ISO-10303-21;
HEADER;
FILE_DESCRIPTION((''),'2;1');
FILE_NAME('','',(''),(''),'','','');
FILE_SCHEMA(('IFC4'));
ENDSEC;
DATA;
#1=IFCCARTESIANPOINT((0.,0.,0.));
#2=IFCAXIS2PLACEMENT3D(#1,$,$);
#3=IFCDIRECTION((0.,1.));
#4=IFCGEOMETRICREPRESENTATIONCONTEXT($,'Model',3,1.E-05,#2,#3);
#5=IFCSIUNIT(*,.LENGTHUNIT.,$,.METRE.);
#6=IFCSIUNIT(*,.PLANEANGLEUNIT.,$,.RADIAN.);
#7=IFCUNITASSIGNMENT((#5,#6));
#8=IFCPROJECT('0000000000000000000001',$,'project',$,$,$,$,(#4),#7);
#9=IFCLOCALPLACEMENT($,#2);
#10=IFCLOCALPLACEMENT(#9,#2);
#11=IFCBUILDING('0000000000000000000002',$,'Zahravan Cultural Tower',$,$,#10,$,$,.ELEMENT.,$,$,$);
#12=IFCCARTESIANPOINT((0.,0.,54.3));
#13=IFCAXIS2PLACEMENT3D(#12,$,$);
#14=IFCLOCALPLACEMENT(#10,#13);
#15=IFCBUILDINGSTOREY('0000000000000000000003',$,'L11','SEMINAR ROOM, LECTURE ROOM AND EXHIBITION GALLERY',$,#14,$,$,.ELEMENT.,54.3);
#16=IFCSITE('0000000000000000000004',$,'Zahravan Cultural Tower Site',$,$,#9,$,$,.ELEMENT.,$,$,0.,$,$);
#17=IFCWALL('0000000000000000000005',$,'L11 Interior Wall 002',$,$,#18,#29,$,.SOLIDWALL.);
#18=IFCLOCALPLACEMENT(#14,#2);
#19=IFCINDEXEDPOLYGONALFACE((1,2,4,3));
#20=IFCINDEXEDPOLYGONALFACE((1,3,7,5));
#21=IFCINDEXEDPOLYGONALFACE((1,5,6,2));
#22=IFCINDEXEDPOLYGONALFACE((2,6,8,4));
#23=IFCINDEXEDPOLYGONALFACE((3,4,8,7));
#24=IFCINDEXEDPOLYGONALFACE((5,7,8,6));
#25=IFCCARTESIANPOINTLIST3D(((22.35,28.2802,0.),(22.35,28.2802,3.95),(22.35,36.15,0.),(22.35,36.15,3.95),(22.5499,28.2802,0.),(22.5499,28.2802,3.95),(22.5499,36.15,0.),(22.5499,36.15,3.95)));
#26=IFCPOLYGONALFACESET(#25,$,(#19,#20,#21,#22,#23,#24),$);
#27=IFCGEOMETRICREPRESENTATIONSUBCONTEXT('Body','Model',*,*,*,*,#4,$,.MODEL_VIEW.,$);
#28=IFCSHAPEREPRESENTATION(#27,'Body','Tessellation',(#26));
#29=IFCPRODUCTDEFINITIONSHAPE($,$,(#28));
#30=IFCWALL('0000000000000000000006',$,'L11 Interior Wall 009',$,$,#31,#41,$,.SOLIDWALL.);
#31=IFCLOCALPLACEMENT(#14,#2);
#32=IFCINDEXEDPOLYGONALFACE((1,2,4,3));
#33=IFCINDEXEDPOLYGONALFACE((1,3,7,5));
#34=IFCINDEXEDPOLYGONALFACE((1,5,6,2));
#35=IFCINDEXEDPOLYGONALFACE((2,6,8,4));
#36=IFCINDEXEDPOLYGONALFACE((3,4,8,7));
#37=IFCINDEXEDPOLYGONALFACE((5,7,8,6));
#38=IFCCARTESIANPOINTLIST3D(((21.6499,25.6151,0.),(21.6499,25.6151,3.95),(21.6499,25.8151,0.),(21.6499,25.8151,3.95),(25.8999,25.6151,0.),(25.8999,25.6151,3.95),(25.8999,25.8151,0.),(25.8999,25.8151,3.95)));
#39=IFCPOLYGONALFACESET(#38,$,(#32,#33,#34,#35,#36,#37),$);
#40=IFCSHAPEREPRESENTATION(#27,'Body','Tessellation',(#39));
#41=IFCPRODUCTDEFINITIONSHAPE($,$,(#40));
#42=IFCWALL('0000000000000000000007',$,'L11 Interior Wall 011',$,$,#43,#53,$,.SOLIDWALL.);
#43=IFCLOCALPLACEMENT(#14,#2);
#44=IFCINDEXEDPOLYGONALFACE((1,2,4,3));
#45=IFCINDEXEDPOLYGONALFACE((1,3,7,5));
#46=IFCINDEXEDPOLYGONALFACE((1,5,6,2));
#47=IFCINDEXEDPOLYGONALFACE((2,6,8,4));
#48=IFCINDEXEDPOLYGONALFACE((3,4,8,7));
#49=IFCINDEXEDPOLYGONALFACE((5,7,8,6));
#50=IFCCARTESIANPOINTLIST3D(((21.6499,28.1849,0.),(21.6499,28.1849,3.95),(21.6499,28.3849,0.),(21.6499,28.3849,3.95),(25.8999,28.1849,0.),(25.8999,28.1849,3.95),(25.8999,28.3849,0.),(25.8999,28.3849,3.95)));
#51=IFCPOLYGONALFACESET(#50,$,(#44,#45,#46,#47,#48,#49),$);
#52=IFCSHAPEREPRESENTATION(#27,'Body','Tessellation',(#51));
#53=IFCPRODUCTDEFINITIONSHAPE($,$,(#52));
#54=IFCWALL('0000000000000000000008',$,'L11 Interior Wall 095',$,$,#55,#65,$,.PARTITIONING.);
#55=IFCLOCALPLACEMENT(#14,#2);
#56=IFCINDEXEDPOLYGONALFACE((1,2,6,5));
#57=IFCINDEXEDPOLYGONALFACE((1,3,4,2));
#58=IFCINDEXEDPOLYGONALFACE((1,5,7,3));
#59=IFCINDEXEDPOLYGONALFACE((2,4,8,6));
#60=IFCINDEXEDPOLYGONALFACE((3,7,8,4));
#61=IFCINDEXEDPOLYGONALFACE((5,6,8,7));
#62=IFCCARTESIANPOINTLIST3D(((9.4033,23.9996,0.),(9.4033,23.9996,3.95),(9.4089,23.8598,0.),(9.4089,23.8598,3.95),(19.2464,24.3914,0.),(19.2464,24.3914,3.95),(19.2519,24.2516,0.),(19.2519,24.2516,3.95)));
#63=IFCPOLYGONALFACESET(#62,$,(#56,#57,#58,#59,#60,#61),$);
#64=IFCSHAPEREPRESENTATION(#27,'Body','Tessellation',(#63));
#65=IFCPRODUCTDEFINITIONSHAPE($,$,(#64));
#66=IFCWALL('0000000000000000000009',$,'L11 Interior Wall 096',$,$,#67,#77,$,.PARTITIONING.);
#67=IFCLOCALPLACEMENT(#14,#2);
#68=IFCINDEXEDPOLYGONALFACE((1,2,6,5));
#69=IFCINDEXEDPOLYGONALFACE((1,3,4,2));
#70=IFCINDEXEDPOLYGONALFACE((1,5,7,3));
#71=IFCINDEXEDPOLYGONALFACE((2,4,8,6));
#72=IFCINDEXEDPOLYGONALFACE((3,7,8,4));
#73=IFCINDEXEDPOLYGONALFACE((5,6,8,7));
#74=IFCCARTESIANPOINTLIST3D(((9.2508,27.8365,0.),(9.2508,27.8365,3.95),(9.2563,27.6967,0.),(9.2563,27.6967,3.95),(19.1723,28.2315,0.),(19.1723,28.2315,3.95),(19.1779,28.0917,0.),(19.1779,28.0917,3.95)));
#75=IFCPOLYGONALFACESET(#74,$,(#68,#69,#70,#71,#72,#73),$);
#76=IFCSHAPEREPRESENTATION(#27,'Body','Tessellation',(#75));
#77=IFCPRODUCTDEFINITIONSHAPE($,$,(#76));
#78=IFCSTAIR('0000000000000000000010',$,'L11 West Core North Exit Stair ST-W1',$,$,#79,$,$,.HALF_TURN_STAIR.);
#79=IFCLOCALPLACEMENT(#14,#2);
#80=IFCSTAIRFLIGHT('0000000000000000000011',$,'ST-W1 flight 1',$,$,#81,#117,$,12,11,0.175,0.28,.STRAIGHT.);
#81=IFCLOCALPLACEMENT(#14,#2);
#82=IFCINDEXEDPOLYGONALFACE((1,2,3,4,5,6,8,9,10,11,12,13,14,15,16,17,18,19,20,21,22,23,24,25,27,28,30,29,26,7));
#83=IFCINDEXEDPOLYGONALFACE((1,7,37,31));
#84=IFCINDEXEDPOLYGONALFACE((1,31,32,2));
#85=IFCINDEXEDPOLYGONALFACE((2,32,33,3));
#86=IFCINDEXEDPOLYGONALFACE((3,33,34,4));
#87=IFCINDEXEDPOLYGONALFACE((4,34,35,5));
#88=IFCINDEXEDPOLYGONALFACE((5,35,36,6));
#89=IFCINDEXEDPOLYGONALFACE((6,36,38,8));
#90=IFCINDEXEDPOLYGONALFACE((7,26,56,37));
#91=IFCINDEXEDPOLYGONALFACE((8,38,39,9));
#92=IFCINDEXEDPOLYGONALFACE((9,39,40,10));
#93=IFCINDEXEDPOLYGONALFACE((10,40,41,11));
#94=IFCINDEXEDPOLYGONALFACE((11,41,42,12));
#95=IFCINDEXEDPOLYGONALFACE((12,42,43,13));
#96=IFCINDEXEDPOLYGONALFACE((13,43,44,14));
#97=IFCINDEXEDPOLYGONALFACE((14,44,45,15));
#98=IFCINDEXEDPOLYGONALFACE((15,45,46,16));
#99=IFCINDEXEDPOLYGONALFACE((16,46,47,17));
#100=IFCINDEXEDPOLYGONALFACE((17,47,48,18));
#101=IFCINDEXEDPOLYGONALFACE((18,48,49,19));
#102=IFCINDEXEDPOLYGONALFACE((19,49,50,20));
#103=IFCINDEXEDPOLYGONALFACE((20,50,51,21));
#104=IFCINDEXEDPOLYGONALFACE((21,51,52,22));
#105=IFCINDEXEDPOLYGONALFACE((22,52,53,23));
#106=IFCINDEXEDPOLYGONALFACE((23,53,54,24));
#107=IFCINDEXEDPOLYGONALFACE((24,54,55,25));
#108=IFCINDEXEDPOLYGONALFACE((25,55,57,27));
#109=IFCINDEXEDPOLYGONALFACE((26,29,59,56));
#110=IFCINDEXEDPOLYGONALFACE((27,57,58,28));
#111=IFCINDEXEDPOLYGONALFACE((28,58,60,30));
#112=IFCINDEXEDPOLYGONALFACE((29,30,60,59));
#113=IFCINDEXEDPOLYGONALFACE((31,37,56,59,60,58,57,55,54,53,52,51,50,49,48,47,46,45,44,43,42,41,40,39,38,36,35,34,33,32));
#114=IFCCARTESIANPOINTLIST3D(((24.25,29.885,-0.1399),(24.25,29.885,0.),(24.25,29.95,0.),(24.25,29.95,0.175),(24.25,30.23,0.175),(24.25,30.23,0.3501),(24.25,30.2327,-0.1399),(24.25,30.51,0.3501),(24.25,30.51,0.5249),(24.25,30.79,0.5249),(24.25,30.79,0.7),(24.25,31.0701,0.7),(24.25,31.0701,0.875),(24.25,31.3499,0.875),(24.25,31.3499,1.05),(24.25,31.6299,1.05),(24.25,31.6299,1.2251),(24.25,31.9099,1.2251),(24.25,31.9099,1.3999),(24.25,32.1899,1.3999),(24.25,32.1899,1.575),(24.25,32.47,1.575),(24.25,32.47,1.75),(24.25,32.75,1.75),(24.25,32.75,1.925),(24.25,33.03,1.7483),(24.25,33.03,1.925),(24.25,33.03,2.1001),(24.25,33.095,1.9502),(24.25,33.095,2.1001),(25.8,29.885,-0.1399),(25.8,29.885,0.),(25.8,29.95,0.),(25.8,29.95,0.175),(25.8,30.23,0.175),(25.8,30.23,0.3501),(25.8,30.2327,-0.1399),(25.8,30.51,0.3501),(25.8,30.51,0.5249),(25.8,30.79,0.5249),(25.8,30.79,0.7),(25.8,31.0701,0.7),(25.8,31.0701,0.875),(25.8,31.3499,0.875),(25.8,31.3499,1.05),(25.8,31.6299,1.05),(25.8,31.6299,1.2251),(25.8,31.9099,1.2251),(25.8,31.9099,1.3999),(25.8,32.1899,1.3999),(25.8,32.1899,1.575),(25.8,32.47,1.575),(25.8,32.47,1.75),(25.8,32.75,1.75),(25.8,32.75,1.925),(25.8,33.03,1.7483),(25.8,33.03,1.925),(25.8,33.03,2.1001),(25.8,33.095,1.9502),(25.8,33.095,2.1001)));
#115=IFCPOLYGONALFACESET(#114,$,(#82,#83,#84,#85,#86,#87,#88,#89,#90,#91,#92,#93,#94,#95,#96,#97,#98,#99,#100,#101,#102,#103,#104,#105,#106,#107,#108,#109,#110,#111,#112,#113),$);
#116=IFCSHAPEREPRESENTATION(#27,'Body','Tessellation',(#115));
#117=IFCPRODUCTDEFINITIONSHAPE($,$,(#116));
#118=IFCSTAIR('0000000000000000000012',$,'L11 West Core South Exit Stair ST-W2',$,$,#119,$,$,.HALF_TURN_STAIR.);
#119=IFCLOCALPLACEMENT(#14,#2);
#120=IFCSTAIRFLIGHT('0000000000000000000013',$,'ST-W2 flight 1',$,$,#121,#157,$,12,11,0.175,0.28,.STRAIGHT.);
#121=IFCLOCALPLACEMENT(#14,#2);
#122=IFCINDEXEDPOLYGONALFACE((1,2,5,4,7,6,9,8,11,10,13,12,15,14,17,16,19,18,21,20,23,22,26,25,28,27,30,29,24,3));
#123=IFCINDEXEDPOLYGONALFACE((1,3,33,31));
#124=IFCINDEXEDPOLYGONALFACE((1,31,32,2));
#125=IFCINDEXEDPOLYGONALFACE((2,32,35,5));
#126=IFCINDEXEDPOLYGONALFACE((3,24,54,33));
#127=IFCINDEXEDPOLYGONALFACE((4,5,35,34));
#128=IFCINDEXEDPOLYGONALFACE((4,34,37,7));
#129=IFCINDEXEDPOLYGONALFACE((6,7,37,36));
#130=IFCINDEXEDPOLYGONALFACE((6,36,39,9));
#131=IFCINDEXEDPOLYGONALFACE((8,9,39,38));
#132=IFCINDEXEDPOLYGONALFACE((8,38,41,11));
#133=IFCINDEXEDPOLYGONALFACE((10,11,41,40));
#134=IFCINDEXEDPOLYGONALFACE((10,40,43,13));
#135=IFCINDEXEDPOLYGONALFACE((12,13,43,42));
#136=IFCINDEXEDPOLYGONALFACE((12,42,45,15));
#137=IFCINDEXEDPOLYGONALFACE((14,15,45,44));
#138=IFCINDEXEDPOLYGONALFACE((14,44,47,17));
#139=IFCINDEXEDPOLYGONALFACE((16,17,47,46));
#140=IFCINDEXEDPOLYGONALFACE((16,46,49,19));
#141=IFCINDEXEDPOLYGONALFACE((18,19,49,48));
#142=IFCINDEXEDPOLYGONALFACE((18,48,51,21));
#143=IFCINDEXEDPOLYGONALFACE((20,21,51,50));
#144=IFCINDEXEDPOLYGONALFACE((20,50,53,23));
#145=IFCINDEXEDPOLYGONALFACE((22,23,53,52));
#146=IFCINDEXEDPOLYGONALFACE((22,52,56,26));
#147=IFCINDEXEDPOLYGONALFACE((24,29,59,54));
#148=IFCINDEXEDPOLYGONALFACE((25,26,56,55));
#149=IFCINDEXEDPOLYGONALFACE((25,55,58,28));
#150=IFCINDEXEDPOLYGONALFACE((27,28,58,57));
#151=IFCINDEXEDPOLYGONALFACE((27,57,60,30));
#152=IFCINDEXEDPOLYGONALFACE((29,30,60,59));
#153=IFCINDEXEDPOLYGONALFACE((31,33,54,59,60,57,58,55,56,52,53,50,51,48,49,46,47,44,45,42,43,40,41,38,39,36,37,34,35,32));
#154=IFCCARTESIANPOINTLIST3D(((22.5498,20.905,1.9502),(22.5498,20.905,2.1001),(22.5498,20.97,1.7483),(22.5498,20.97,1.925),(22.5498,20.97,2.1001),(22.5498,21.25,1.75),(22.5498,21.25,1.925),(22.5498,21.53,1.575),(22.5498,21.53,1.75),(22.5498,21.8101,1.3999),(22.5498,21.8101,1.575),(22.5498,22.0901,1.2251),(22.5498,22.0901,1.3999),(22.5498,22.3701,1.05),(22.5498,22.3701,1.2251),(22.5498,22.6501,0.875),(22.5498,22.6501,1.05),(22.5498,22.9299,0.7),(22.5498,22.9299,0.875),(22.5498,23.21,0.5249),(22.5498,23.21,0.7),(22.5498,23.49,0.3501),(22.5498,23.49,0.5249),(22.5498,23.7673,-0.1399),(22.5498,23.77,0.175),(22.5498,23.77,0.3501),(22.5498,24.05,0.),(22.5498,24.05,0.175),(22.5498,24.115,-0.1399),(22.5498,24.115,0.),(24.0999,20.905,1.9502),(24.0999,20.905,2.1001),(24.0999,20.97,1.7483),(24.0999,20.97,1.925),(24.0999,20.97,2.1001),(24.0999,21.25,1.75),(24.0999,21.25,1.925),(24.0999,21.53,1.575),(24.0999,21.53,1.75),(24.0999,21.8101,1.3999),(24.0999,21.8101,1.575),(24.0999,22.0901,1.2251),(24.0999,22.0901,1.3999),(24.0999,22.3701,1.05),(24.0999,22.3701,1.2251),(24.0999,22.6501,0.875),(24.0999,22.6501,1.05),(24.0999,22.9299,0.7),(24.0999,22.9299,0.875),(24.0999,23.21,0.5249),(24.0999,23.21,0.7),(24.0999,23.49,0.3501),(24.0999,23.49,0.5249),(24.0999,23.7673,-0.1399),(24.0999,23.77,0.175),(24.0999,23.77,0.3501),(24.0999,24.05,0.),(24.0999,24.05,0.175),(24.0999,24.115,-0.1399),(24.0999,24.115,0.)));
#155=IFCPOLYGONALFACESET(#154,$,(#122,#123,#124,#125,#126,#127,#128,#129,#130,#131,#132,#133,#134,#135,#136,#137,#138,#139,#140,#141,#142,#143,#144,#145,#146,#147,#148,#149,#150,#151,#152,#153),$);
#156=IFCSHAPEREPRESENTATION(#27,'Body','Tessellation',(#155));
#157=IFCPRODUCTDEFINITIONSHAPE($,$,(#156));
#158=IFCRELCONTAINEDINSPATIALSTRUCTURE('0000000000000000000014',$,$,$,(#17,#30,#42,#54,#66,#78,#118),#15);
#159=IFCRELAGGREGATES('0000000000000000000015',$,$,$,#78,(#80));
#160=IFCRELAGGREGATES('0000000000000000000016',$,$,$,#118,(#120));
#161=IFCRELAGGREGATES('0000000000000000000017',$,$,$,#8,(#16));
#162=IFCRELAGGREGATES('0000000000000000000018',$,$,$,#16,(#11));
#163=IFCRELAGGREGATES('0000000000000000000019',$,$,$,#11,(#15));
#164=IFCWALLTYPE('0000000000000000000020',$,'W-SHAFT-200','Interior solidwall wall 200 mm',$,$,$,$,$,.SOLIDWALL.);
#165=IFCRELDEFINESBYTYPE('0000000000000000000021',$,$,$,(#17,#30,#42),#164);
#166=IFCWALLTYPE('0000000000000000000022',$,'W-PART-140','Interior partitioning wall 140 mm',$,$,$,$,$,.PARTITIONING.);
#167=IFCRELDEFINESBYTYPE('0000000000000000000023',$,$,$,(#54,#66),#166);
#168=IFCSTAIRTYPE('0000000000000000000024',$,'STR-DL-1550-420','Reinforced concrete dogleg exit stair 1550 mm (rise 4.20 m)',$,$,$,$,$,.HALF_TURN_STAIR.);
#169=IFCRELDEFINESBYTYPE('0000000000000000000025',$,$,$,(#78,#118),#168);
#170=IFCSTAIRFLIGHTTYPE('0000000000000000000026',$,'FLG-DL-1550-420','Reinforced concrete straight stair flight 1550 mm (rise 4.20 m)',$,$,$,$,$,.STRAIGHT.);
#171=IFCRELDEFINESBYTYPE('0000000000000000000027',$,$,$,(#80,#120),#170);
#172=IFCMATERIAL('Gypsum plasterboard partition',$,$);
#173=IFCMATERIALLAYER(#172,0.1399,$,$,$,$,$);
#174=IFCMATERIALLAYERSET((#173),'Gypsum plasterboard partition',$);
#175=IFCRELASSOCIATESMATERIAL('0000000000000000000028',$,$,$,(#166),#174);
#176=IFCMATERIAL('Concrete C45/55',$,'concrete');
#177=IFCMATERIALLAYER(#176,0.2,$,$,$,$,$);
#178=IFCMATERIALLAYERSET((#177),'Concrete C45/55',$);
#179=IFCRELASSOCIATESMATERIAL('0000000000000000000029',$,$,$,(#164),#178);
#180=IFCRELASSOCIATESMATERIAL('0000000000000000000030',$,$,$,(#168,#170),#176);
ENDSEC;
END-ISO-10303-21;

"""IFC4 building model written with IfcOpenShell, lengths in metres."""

from ifc_helpers import new_model, si_unit, direction, frame, frame_2d, origin, place, context, subcontext, project, spatial, polyline, rectangle, outline, extrude, source, transform, mapped, material, layer, layer_set, type_object, element, aggregate, save


model = new_model("IFC4")

# Units and contexts
model_context = context("Model", 3, precision=1e-05, world=origin(), true_north=direction((0.0, 1.0)))
body_context = subcontext(model_context, "Body", "Model", "MODEL_VIEW")
ifc_project = project(units=[si_unit("LENGTHUNIT", "METRE"), si_unit("PLANEANGLEUNIT", "RADIAN")], contexts=[model_context])

# Site, building, storey
site_placement = place(None, origin())
site = spatial("IfcSite", under=ifc_project, at=site_placement, Name="Zahravan Cultural Tower Site", CompositionType="ELEMENT", RefElevation=0.0)
building_placement = place(site_placement, origin())
building = spatial("IfcBuilding", under=site, at=building_placement, Name="Zahravan Cultural Tower", CompositionType="ELEMENT")
storey_placement = place(building_placement, frame((0.0, 0.0, 54.3)))
storey = spatial("IfcBuildingStorey", under=building, at=storey_placement, Name="L11", Description="SEMINAR ROOM, LECTURE ROOM AND EXHIBITION GALLERY", CompositionType="ELEMENT", Elevation=54.3)

# Shared definitions
ifc_material_1 = material(Name="Gypsum plasterboard partition")
ifc_layer_1 = layer(ifc_material_1, 0.1399)
ifc_layer_set_1 = layer_set([ifc_layer_1], Name="Gypsum plasterboard partition")
wall_type_1 = type_object("IfcWallType", Name="W-PART-140", Description="Interior partitioning wall 140 mm", PredefinedType="PARTITIONING", material=ifc_layer_set_1)

# Walls
ifc_material_2 = material(Name="Concrete C45/55", Category="concrete")
ifc_layer_2 = layer(ifc_material_2, 0.2)
ifc_layer_set_2 = layer_set([ifc_layer_2], Name="Concrete C45/55")
wall_type_2 = type_object("IfcWallType", Name="W-SHAFT-200", Description="Interior solidwall wall 200 mm", PredefinedType="SOLIDWALL", material=ifc_layer_set_2)
shared_shape_1 = source(origin(), body_context, "Body", "SweptSolid", [
    extrude(rectangle(XDim=7.8699, YDim=0.2, at=frame_2d((3.9351, 0.0))), origin(), (0.0, 0.0, 1.0), 3.95),
])
wall_1_placement = place(storey_placement, frame((22.45, 28.28, 0.0), z_axis=(0.0, 0.0, 1.0), x_axis=(0.0, 1.0, 0.0)))
element("IfcWall", 1, at=wall_1_placement, inside=storey, type_object=wall_type_2, Name="L11 Interior Wall 002", PredefinedType="SOLIDWALL", context=body_context, shape_type="MappedRepresentation", body=[
    mapped(shared_shape_1, transform((0.0, 0.0, 0.0), x_axis=(1.0, 0.0, 0.0), y_axis=(0.0, 1.0, 0.0), z_axis=(0.0, 0.0, 1.0), scale=1.0)),
])
shared_shape_2 = source(origin(), body_context, "Body", "SweptSolid", [
    extrude(rectangle(XDim=4.25, YDim=0.2, at=frame_2d((2.125, 0.0))), origin(), (0.0, 0.0, 1.0), 3.95),
])
for number, where, z_axis, x_axis, name in (
    (2, (21.6499, 25.7151, 0.0), (0.0, 0.0, 1.0), (1.0, 0.0, 0.0), "L11 Interior Wall 009"),
    (3, (21.6499, 28.2849, 0.0), (0.0, 0.0, 1.0), (1.0, 0.0, 0.0), "L11 Interior Wall 011"),
):
    element("IfcWall", number, at=place(storey_placement, frame(where, z_axis=z_axis, x_axis=x_axis)), inside=storey, type_object=wall_type_2, Name=name, PredefinedType="SOLIDWALL", context=body_context, shape_type="MappedRepresentation", body=[
        mapped(shared_shape_2, transform((0.0, 0.0, 0.0), x_axis=(1.0, 0.0, 0.0), y_axis=(0.0, 1.0, 0.0), z_axis=(0.0, 0.0, 1.0), scale=1.0)),
    ])
shared_shape_3 = source(origin(), body_context, "Body", "SweptSolid", [
    extrude(rectangle(XDim=9.8508, YDim=0.1399, at=frame_2d((4.9253, 0.0))), origin(), (0.0, 0.0, 1.0), 3.95),
])
wall_2_placement = place(storey_placement, frame((19.249, 24.3215, 0.0), z_axis=(0.0, 0.0, 1.0), x_axis=(-0.999209, -0.039778, 0.0)))
element("IfcWall", 4, at=wall_2_placement, inside=storey, type_object=wall_type_1, Name="L11 Interior Wall 095", PredefinedType="PARTITIONING", context=body_context, shape_type="MappedRepresentation", body=[
    mapped(shared_shape_3, transform((0.0, 0.0, 0.0), x_axis=(1.0, 0.0, 0.0), y_axis=(0.0, 1.0, 0.0), z_axis=(0.0, 0.0, 1.0), scale=1.0)),
])
shared_shape_4 = source(origin(), body_context, "Body", "SweptSolid", [
    extrude(rectangle(XDim=9.9294, YDim=0.1399, at=frame_2d((4.9648, 0.0))), origin(), (0.0, 0.0, 1.0), 3.95),
])
wall_3_placement = place(storey_placement, frame((9.2534, 27.7666, 0.0), z_axis=(0.0, 0.0, 1.0), x_axis=(0.999208, 0.039782, 0.0)))
element("IfcWall", 5, at=wall_3_placement, inside=storey, type_object=wall_type_1, Name="L11 Interior Wall 096", PredefinedType="PARTITIONING", context=body_context, shape_type="MappedRepresentation", body=[
    mapped(shared_shape_4, transform((0.0, 0.0, 0.0), x_axis=(1.0, 0.0, 0.0), y_axis=(0.0, 1.0, 0.0), z_axis=(0.0, 0.0, 1.0), scale=1.0)),
])

# Stairs, stair flights
stair_type = type_object("IfcStairType", Name="STR-DL-1550-420", Description="Reinforced concrete dogleg exit stair 1550 mm (rise 4.20 m)", PredefinedType="HALF_TURN_STAIR", material=ifc_material_2)
stair_1_placement = place(storey_placement, origin())
stair_1 = element("IfcStair", 6, at=stair_1_placement, inside=storey, type_object=stair_type, Name="L11 West Core North Exit Stair ST-W1", PredefinedType="HALF_TURN_STAIR")
stair_flight_type = type_object("IfcStairFlightType", Name="FLG-DL-1550-420", Description="Reinforced concrete straight stair flight 1550 mm (rise 4.20 m)", PredefinedType="STRAIGHT", material=ifc_material_2)
stair_flight_1_placement = place(storey_placement, frame((25.0249, 29.95, 0.0), z_axis=(0.0, 0.0, 1.0), x_axis=(0.0, 1.0, 0.0)))
stair_flight_1 = element("IfcStairFlight", 7, at=stair_flight_1_placement, type_object=stair_flight_type, Name="ST-W1 flight 1", NumberOfRisers=12, NumberOfTreads=11, PredefinedType="STRAIGHT", RiserHeight=0.175, TreadLength=0.28, context=body_context, shape_type="SweptSolid", body=[
    extrude(outline(polyline([(-0.0649, -0.1399), (-0.0649, 0.0), (0.0, 0.0), (0.0, 0.175), (0.28, 0.175), (0.28, 0.3501), (0.5601, 0.3501), (0.5601, 0.5249), (0.8401, 0.5249), (0.8401, 0.7), (1.1201, 0.7), (1.1201, 0.875), (1.3999, 0.875), (1.3999, 1.05), (1.6799, 1.05), (1.6799, 1.2251), (1.96, 1.2251), (1.96, 1.3999), (2.24, 1.3999), (2.24, 1.575), (2.52, 1.575), (2.52, 1.75), (2.8, 1.75), (2.8, 1.925), (3.0801, 1.925), (3.0801, 2.1001), (3.145, 2.1001), (3.145, 1.9502), (3.0801, 1.7483), (0.2827, -0.1399), (-0.0649, -0.1399)])), frame((0.0, 0.7749, 0.0), z_axis=(0.0, -1.0, 0.0), x_axis=(1.0, 0.0, 0.0)), (0.0, 0.0, 1.0), 1.55),
])
aggregate(stair_1, [stair_flight_1])
stair_2_placement = place(storey_placement, origin())
stair_2 = element("IfcStair", 8, at=stair_2_placement, inside=storey, type_object=stair_type, Name="L11 West Core South Exit Stair ST-W2", PredefinedType="HALF_TURN_STAIR")
stair_flight_2_placement = place(storey_placement, frame((23.325, 24.05, 0.0), z_axis=(0.0, 0.0, 1.0), x_axis=(0.0, -1.0, 0.0)))
stair_flight_2 = element("IfcStairFlight", 9, at=stair_flight_2_placement, type_object=stair_flight_type, Name="ST-W2 flight 1", NumberOfRisers=12, NumberOfTreads=11, PredefinedType="STRAIGHT", RiserHeight=0.175, TreadLength=0.28, context=body_context, shape_type="SweptSolid", body=[
    extrude(outline(polyline([(-0.0649, -0.1399), (-0.0649, 0.0), (0.0, 0.0), (0.0, 0.175), (0.28, 0.175), (0.28, 0.3501), (0.5601, 0.3501), (0.5601, 0.5249), (0.8401, 0.5249), (0.8401, 0.7), (1.1201, 0.7), (1.1201, 0.875), (1.3999, 0.875), (1.3999, 1.05), (1.6799, 1.05), (1.6799, 1.2251), (1.96, 1.2251), (1.96, 1.3999), (2.24, 1.3999), (2.24, 1.575), (2.52, 1.575), (2.52, 1.75), (2.8, 1.75), (2.8, 1.925), (3.0801, 1.925), (3.0801, 2.1001), (3.145, 2.1001), (3.145, 1.9502), (3.0801, 1.7483), (0.2827, -0.1399), (-0.0649, -0.1399)])), frame((0.0, 0.7749, 0.0), z_axis=(0.0, -1.0, 0.0), x_axis=(1.0, 0.0, 0.0)), (0.0, 0.0, 1.0), 1.55),
])
aggregate(stair_2, [stair_flight_2])

save(model, "model.ifc")
